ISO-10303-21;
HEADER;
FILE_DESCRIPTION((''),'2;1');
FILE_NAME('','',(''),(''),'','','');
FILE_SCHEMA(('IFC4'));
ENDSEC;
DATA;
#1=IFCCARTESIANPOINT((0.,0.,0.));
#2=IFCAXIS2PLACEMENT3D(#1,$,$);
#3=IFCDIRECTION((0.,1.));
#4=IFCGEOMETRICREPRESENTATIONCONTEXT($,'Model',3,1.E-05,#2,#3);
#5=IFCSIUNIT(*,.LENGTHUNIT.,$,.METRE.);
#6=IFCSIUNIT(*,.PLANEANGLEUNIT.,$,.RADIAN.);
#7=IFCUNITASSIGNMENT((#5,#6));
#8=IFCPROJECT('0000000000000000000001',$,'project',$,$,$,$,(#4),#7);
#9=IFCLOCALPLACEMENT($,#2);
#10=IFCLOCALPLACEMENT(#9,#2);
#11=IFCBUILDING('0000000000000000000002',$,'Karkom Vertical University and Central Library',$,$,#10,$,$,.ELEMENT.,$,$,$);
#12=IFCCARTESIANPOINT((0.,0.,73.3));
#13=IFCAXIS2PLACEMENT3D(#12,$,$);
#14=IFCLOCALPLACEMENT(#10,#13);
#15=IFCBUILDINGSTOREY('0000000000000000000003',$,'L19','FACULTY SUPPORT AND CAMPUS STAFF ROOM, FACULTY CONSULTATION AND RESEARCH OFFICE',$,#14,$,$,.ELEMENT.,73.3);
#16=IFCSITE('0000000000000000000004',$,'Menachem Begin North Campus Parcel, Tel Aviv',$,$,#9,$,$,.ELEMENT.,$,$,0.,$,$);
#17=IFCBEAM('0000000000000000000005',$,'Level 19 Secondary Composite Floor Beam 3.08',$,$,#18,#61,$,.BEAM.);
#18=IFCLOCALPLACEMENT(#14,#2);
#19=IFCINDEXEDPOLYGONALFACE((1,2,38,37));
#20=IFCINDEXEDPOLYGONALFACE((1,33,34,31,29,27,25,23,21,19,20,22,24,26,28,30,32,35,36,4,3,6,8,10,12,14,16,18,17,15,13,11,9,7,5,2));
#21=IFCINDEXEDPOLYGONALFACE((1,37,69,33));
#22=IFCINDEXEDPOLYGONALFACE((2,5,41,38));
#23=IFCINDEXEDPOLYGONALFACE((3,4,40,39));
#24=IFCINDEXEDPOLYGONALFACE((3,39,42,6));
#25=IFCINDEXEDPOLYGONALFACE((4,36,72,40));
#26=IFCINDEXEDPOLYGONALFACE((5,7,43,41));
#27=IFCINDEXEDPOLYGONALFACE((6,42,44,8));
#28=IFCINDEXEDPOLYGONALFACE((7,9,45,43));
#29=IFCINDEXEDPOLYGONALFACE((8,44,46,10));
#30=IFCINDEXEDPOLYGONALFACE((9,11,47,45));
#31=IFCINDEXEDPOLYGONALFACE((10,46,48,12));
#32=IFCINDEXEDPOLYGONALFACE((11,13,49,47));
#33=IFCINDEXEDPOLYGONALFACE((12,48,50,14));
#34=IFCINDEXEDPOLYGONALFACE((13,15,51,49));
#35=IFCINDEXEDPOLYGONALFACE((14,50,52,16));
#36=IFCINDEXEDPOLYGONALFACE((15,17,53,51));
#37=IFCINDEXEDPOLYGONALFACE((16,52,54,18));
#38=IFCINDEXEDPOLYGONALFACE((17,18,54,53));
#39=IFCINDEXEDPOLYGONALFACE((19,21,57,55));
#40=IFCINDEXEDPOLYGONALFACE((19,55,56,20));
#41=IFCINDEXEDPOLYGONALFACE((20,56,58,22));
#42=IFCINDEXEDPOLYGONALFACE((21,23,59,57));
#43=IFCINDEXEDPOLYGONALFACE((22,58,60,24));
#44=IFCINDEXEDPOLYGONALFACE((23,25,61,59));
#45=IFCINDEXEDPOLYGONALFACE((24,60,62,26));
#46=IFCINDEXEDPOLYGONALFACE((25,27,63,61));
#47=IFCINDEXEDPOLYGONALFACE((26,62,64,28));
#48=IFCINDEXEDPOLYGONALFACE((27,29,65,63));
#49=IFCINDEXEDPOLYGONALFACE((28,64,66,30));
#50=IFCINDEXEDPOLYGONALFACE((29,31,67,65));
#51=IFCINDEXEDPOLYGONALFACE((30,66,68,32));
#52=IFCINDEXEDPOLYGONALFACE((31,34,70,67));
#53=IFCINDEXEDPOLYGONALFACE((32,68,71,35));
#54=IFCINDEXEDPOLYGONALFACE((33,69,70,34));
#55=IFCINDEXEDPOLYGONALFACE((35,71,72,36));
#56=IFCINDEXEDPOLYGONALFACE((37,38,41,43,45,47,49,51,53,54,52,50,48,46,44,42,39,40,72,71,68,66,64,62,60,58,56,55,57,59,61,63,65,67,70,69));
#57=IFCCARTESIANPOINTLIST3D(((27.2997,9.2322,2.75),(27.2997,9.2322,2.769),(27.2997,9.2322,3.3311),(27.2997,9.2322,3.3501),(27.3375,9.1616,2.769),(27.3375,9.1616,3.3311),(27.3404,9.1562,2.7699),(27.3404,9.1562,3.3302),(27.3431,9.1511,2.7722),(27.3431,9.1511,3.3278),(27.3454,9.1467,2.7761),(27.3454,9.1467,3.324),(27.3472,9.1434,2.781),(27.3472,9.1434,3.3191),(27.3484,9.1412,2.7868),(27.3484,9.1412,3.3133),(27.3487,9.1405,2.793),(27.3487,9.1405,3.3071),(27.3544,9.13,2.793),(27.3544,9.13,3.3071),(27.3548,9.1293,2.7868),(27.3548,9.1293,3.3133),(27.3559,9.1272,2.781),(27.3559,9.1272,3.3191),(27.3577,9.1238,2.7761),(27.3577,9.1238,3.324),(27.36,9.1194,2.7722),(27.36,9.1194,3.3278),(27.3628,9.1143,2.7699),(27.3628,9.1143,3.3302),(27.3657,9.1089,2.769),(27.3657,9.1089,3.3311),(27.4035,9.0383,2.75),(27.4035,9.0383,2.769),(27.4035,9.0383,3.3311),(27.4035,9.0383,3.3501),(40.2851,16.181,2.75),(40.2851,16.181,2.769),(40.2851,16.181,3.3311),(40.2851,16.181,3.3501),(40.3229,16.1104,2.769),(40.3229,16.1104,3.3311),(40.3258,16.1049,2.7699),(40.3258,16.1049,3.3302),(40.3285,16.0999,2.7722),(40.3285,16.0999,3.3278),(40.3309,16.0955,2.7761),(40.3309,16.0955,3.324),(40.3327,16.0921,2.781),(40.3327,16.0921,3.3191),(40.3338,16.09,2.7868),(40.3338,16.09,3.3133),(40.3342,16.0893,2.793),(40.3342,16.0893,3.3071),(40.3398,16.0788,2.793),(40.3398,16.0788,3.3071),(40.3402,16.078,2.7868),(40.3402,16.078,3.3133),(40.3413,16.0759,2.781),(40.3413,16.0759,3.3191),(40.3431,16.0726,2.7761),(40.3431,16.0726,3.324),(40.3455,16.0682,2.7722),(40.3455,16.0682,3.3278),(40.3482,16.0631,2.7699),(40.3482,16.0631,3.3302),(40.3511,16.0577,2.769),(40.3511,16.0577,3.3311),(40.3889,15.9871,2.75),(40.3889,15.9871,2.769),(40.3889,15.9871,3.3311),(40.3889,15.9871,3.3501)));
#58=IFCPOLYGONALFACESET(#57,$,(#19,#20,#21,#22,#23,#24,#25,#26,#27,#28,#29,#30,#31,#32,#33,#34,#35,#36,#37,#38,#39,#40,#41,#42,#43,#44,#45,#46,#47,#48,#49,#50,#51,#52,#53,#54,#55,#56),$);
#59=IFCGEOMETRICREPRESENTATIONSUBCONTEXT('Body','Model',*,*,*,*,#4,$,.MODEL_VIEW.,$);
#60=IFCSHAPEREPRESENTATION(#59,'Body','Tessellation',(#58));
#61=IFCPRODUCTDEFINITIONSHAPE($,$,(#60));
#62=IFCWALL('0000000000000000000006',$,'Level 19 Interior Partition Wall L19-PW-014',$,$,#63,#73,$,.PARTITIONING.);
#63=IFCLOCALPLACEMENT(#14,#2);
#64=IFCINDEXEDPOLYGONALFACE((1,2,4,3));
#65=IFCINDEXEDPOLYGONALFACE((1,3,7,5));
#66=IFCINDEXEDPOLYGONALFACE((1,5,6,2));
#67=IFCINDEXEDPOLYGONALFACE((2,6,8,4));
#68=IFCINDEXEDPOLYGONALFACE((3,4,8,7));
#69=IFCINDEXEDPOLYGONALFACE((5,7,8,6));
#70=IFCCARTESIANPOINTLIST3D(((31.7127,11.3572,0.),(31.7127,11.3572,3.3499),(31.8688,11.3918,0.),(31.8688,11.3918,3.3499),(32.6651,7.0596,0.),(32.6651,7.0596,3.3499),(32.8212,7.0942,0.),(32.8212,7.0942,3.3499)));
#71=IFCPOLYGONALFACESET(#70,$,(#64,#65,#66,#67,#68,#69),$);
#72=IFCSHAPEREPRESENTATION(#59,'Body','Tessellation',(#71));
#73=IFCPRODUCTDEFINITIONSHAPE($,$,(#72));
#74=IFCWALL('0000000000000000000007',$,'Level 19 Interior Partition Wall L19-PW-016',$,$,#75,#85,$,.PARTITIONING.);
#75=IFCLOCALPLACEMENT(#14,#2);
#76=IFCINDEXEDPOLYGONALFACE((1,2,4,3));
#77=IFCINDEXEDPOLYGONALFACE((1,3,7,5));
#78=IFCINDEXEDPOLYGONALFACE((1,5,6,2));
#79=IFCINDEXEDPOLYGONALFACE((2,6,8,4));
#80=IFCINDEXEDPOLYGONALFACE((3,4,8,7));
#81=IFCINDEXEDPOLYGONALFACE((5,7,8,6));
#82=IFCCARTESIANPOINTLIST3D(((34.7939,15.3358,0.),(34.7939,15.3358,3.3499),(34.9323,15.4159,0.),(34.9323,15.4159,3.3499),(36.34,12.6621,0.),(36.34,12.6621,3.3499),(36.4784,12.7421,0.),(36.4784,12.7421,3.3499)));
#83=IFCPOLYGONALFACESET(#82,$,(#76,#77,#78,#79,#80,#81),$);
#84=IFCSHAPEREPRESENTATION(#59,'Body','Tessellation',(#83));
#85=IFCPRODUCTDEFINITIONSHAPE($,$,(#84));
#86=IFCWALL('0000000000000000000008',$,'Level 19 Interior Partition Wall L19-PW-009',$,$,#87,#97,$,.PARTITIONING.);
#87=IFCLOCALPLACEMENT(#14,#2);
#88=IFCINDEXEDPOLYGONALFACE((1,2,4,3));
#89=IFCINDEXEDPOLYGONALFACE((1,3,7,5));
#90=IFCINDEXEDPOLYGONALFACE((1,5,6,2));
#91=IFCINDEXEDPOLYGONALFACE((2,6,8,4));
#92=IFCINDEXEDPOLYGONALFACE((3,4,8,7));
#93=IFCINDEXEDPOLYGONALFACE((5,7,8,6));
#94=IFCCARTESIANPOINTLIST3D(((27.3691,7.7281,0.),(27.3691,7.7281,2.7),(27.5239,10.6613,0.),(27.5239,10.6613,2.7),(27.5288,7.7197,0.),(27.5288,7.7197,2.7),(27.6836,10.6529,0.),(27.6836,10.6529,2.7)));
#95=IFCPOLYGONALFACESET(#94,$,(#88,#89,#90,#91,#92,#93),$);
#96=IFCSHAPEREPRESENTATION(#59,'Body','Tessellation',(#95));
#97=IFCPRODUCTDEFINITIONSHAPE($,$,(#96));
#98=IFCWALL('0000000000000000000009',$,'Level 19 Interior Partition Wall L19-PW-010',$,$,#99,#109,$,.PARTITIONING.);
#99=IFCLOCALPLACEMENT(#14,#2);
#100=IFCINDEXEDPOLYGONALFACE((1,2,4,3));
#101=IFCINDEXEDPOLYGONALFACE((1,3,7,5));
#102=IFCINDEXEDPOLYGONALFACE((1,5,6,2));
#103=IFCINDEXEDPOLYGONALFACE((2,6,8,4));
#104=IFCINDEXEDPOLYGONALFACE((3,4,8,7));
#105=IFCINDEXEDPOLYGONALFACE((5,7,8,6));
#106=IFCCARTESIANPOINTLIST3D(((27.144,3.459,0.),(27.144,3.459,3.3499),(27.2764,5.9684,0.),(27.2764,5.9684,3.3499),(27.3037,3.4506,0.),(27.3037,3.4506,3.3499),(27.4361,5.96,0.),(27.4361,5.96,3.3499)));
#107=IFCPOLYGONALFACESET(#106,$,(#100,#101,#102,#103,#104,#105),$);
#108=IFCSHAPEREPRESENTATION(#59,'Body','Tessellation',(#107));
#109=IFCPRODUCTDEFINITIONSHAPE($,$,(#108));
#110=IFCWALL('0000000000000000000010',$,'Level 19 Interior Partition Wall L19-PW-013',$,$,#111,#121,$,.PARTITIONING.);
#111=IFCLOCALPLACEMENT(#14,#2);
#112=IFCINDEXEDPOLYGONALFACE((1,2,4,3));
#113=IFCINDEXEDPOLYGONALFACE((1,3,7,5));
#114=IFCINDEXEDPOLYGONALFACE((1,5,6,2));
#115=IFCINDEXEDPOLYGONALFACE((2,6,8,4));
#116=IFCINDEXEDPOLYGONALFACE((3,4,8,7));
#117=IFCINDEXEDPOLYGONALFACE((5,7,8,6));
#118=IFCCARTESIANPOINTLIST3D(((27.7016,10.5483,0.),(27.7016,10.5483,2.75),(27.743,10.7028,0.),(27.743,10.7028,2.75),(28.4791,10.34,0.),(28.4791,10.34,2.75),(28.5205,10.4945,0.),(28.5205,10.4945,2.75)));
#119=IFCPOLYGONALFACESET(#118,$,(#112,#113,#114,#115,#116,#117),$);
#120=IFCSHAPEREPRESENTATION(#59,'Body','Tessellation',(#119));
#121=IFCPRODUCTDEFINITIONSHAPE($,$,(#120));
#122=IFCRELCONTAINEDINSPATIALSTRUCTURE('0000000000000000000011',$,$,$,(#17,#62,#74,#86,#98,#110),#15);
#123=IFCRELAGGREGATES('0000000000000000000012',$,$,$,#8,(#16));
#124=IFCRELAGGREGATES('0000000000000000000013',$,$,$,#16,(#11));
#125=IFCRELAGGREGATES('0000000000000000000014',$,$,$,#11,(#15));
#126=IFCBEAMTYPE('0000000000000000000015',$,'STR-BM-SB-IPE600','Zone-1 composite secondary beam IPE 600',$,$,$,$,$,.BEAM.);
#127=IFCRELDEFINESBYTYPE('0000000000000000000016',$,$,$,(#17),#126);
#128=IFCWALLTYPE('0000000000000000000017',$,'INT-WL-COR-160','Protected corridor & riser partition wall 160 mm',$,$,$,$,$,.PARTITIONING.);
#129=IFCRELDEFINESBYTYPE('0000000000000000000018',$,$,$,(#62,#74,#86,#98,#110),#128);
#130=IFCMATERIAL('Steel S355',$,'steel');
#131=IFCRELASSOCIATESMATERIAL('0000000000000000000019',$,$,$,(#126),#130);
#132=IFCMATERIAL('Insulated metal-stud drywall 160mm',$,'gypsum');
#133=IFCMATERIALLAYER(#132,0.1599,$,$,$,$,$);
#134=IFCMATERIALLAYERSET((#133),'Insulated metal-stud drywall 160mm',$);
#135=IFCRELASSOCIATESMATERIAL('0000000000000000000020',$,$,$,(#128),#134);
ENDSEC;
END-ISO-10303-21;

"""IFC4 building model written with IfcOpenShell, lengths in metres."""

from ifc_helpers import new_model, si_unit, direction, frame, frame_2d, origin, origin_with_axes, origin_2d, place, context, subcontext, project, spatial, rectangle, i_section, extrude, source, transform, mapped, material, layer, layer_set, material_profile, profile_set, type_object, element, save


model = new_model("IFC4")

# Units and contexts
model_context = context("Model", 3, precision=1e-05, world=origin(), true_north=direction((0.0, 1.0)))
body_context = subcontext(model_context, "Body", "Model", "MODEL_VIEW")
ifc_project = project(units=[si_unit("LENGTHUNIT", "METRE"), si_unit("PLANEANGLEUNIT", "RADIAN")], contexts=[model_context])

# Site, building, storey
site_placement = place(None, origin())
site = spatial("IfcSite", under=ifc_project, at=site_placement, Name="Menachem Begin North Campus Parcel, Tel Aviv", CompositionType="ELEMENT", RefElevation=0.0)
building_placement = place(site_placement, origin())
building = spatial("IfcBuilding", under=site, at=building_placement, Name="Karkom Vertical University and Central Library", CompositionType="ELEMENT")
storey_placement = place(building_placement, frame((0.0, 0.0, 73.3)))
storey = spatial("IfcBuildingStorey", under=building, at=storey_placement, Name="L19", Description="FACULTY SUPPORT AND CAMPUS STAFF ROOM, FACULTY CONSULTATION AND RESEARCH OFFICE", CompositionType="ELEMENT", Elevation=73.3)

# Beam
ifc_material_1 = material(Name="Steel S355", Category="steel")
ifc_material_profile_1 = material_profile(ifc_material_1, i_section(OverallWidth=0.22, OverallDepth=0.6001, WebThickness=0.012, FlangeThickness=0.019, FilletRadius=0.0239, at=origin_2d()), Name="IPE 600")
ifc_profile_set_1 = profile_set([ifc_material_profile_1], Name="Steel S355")
beam_type_1 = type_object("IfcBeamType", Name="STR-BM-SB-IPE600", Description="Zone-1 composite secondary beam IPE 600", PredefinedType="BEAM", material=ifc_profile_set_1)
shared_shape_1 = source(origin_with_axes(), body_context, "Body", "SweptSolid", [
    extrude(i_section(OverallWidth=0.22, OverallDepth=0.6001, WebThickness=0.012, FlangeThickness=0.019, FilletRadius=0.0239, at=origin_2d()), origin(), (0.0, 0.0, 1.0), 14.7278),
])
beam_1_placement = place(storey_placement, frame((27.3516, 9.1353, 3.05), z_axis=(0.881698, 0.471815, 0.0), x_axis=(-0.471815, 0.881698, 0.0)))
element("IfcBeam", 1, at=beam_1_placement, inside=storey, type_object=beam_type_1, Name="Level 19 Secondary Composite Floor Beam 3.08", PredefinedType="BEAM", context=body_context, shape_type="MappedRepresentation", body=[
    mapped(shared_shape_1, transform((0.0, 0.0, 0.0), scale=1.0)),
])

# Shared definitions
ifc_material_2 = material(Name="Insulated metal-stud drywall 160mm", Category="gypsum")
ifc_layer = layer(ifc_material_2, 0.1599)
ifc_layer_set = layer_set([ifc_layer], Name="Insulated metal-stud drywall 160mm")
wall_type = type_object("IfcWallType", Name="INT-WL-COR-160", Description="Protected corridor & riser partition wall 160 mm", PredefinedType="PARTITIONING", material=ifc_layer_set)

# Walls
wall_1_placement = place(storey_placement, frame((31.7908, 11.3745, 0.0), z_axis=(0.0, 0.0, 1.0), x_axis=(0.216361, -0.976313, 0.0)))
element("IfcWall", 2, at=wall_1_placement, inside=storey, type_object=wall_type, Name="Level 19 Interior Partition Wall L19-PW-014", PredefinedType="PARTITIONING", context=body_context, shape_type="SweptSolid", body=[
    extrude(rectangle(XDim=4.4019, YDim=0.1599, at=frame_2d((2.2009, 0.0))), origin(), (0.0, 0.0, 1.0), 3.3499),
])
wall_2_placement = place(storey_placement, frame((34.863, 15.376, 0.0), z_axis=(0.0, 0.0, 1.0), x_axis=(0.500584, -0.865688, 0.0)))
element("IfcWall", 3, at=wall_2_placement, inside=storey, type_object=wall_type, Name="Level 19 Interior Partition Wall L19-PW-016", PredefinedType="PARTITIONING", context=body_context, shape_type="SweptSolid", body=[
    extrude(rectangle(XDim=3.0886, YDim=0.1599, at=frame_2d((1.5444, 0.0))), origin(), (0.0, 0.0, 1.0), 3.3499),
])
wall_3_placement = place(storey_placement, frame((27.6038, 10.6572, 0.0), z_axis=(0.0, 0.0, 1.0), x_axis=(-0.052698, -0.99861, 0.0)))
element("IfcWall", 4, at=wall_3_placement, inside=storey, type_object=wall_type, Name="Level 19 Interior Partition Wall L19-PW-009", PredefinedType="PARTITIONING", context=body_context, shape_type="SweptSolid", body=[
    extrude(rectangle(XDim=2.9373, YDim=0.1599, at=frame_2d((1.4688, 0.0))), origin(), (0.0, 0.0, 1.0), 2.7),
])
wall_4_placement = place(storey_placement, frame((27.3562, 5.9641, 0.0), z_axis=(0.0, 0.0, 1.0), x_axis=(-0.052656, -0.998613, 0.0)))
element("IfcWall", 5, at=wall_4_placement, inside=storey, type_object=wall_type, Name="Level 19 Interior Partition Wall L19-PW-010", PredefinedType="PARTITIONING", context=body_context, shape_type="SweptSolid", body=[
    extrude(rectangle(XDim=2.5129, YDim=0.1599, at=frame_2d((1.2563, 0.0))), origin(), (0.0, 0.0, 1.0), 3.3499),
])
wall_5_placement = place(storey_placement, frame((27.7224, 10.6255, 0.0), z_axis=(0.0, 0.0, 1.0), x_axis=(0.965958, -0.258701, 0.0)))
element("IfcWall", 6, at=wall_5_placement, inside=storey, type_object=wall_type, Name="Level 19 Interior Partition Wall L19-PW-013", PredefinedType="PARTITIONING", context=body_context, shape_type="SweptSolid", body=[
    extrude(rectangle(XDim=0.8049, YDim=0.1599, at=frame_2d((0.4023, 0.0))), origin(), (0.0, 0.0, 1.0), 2.75),
])

save(model, "model.ifc")
